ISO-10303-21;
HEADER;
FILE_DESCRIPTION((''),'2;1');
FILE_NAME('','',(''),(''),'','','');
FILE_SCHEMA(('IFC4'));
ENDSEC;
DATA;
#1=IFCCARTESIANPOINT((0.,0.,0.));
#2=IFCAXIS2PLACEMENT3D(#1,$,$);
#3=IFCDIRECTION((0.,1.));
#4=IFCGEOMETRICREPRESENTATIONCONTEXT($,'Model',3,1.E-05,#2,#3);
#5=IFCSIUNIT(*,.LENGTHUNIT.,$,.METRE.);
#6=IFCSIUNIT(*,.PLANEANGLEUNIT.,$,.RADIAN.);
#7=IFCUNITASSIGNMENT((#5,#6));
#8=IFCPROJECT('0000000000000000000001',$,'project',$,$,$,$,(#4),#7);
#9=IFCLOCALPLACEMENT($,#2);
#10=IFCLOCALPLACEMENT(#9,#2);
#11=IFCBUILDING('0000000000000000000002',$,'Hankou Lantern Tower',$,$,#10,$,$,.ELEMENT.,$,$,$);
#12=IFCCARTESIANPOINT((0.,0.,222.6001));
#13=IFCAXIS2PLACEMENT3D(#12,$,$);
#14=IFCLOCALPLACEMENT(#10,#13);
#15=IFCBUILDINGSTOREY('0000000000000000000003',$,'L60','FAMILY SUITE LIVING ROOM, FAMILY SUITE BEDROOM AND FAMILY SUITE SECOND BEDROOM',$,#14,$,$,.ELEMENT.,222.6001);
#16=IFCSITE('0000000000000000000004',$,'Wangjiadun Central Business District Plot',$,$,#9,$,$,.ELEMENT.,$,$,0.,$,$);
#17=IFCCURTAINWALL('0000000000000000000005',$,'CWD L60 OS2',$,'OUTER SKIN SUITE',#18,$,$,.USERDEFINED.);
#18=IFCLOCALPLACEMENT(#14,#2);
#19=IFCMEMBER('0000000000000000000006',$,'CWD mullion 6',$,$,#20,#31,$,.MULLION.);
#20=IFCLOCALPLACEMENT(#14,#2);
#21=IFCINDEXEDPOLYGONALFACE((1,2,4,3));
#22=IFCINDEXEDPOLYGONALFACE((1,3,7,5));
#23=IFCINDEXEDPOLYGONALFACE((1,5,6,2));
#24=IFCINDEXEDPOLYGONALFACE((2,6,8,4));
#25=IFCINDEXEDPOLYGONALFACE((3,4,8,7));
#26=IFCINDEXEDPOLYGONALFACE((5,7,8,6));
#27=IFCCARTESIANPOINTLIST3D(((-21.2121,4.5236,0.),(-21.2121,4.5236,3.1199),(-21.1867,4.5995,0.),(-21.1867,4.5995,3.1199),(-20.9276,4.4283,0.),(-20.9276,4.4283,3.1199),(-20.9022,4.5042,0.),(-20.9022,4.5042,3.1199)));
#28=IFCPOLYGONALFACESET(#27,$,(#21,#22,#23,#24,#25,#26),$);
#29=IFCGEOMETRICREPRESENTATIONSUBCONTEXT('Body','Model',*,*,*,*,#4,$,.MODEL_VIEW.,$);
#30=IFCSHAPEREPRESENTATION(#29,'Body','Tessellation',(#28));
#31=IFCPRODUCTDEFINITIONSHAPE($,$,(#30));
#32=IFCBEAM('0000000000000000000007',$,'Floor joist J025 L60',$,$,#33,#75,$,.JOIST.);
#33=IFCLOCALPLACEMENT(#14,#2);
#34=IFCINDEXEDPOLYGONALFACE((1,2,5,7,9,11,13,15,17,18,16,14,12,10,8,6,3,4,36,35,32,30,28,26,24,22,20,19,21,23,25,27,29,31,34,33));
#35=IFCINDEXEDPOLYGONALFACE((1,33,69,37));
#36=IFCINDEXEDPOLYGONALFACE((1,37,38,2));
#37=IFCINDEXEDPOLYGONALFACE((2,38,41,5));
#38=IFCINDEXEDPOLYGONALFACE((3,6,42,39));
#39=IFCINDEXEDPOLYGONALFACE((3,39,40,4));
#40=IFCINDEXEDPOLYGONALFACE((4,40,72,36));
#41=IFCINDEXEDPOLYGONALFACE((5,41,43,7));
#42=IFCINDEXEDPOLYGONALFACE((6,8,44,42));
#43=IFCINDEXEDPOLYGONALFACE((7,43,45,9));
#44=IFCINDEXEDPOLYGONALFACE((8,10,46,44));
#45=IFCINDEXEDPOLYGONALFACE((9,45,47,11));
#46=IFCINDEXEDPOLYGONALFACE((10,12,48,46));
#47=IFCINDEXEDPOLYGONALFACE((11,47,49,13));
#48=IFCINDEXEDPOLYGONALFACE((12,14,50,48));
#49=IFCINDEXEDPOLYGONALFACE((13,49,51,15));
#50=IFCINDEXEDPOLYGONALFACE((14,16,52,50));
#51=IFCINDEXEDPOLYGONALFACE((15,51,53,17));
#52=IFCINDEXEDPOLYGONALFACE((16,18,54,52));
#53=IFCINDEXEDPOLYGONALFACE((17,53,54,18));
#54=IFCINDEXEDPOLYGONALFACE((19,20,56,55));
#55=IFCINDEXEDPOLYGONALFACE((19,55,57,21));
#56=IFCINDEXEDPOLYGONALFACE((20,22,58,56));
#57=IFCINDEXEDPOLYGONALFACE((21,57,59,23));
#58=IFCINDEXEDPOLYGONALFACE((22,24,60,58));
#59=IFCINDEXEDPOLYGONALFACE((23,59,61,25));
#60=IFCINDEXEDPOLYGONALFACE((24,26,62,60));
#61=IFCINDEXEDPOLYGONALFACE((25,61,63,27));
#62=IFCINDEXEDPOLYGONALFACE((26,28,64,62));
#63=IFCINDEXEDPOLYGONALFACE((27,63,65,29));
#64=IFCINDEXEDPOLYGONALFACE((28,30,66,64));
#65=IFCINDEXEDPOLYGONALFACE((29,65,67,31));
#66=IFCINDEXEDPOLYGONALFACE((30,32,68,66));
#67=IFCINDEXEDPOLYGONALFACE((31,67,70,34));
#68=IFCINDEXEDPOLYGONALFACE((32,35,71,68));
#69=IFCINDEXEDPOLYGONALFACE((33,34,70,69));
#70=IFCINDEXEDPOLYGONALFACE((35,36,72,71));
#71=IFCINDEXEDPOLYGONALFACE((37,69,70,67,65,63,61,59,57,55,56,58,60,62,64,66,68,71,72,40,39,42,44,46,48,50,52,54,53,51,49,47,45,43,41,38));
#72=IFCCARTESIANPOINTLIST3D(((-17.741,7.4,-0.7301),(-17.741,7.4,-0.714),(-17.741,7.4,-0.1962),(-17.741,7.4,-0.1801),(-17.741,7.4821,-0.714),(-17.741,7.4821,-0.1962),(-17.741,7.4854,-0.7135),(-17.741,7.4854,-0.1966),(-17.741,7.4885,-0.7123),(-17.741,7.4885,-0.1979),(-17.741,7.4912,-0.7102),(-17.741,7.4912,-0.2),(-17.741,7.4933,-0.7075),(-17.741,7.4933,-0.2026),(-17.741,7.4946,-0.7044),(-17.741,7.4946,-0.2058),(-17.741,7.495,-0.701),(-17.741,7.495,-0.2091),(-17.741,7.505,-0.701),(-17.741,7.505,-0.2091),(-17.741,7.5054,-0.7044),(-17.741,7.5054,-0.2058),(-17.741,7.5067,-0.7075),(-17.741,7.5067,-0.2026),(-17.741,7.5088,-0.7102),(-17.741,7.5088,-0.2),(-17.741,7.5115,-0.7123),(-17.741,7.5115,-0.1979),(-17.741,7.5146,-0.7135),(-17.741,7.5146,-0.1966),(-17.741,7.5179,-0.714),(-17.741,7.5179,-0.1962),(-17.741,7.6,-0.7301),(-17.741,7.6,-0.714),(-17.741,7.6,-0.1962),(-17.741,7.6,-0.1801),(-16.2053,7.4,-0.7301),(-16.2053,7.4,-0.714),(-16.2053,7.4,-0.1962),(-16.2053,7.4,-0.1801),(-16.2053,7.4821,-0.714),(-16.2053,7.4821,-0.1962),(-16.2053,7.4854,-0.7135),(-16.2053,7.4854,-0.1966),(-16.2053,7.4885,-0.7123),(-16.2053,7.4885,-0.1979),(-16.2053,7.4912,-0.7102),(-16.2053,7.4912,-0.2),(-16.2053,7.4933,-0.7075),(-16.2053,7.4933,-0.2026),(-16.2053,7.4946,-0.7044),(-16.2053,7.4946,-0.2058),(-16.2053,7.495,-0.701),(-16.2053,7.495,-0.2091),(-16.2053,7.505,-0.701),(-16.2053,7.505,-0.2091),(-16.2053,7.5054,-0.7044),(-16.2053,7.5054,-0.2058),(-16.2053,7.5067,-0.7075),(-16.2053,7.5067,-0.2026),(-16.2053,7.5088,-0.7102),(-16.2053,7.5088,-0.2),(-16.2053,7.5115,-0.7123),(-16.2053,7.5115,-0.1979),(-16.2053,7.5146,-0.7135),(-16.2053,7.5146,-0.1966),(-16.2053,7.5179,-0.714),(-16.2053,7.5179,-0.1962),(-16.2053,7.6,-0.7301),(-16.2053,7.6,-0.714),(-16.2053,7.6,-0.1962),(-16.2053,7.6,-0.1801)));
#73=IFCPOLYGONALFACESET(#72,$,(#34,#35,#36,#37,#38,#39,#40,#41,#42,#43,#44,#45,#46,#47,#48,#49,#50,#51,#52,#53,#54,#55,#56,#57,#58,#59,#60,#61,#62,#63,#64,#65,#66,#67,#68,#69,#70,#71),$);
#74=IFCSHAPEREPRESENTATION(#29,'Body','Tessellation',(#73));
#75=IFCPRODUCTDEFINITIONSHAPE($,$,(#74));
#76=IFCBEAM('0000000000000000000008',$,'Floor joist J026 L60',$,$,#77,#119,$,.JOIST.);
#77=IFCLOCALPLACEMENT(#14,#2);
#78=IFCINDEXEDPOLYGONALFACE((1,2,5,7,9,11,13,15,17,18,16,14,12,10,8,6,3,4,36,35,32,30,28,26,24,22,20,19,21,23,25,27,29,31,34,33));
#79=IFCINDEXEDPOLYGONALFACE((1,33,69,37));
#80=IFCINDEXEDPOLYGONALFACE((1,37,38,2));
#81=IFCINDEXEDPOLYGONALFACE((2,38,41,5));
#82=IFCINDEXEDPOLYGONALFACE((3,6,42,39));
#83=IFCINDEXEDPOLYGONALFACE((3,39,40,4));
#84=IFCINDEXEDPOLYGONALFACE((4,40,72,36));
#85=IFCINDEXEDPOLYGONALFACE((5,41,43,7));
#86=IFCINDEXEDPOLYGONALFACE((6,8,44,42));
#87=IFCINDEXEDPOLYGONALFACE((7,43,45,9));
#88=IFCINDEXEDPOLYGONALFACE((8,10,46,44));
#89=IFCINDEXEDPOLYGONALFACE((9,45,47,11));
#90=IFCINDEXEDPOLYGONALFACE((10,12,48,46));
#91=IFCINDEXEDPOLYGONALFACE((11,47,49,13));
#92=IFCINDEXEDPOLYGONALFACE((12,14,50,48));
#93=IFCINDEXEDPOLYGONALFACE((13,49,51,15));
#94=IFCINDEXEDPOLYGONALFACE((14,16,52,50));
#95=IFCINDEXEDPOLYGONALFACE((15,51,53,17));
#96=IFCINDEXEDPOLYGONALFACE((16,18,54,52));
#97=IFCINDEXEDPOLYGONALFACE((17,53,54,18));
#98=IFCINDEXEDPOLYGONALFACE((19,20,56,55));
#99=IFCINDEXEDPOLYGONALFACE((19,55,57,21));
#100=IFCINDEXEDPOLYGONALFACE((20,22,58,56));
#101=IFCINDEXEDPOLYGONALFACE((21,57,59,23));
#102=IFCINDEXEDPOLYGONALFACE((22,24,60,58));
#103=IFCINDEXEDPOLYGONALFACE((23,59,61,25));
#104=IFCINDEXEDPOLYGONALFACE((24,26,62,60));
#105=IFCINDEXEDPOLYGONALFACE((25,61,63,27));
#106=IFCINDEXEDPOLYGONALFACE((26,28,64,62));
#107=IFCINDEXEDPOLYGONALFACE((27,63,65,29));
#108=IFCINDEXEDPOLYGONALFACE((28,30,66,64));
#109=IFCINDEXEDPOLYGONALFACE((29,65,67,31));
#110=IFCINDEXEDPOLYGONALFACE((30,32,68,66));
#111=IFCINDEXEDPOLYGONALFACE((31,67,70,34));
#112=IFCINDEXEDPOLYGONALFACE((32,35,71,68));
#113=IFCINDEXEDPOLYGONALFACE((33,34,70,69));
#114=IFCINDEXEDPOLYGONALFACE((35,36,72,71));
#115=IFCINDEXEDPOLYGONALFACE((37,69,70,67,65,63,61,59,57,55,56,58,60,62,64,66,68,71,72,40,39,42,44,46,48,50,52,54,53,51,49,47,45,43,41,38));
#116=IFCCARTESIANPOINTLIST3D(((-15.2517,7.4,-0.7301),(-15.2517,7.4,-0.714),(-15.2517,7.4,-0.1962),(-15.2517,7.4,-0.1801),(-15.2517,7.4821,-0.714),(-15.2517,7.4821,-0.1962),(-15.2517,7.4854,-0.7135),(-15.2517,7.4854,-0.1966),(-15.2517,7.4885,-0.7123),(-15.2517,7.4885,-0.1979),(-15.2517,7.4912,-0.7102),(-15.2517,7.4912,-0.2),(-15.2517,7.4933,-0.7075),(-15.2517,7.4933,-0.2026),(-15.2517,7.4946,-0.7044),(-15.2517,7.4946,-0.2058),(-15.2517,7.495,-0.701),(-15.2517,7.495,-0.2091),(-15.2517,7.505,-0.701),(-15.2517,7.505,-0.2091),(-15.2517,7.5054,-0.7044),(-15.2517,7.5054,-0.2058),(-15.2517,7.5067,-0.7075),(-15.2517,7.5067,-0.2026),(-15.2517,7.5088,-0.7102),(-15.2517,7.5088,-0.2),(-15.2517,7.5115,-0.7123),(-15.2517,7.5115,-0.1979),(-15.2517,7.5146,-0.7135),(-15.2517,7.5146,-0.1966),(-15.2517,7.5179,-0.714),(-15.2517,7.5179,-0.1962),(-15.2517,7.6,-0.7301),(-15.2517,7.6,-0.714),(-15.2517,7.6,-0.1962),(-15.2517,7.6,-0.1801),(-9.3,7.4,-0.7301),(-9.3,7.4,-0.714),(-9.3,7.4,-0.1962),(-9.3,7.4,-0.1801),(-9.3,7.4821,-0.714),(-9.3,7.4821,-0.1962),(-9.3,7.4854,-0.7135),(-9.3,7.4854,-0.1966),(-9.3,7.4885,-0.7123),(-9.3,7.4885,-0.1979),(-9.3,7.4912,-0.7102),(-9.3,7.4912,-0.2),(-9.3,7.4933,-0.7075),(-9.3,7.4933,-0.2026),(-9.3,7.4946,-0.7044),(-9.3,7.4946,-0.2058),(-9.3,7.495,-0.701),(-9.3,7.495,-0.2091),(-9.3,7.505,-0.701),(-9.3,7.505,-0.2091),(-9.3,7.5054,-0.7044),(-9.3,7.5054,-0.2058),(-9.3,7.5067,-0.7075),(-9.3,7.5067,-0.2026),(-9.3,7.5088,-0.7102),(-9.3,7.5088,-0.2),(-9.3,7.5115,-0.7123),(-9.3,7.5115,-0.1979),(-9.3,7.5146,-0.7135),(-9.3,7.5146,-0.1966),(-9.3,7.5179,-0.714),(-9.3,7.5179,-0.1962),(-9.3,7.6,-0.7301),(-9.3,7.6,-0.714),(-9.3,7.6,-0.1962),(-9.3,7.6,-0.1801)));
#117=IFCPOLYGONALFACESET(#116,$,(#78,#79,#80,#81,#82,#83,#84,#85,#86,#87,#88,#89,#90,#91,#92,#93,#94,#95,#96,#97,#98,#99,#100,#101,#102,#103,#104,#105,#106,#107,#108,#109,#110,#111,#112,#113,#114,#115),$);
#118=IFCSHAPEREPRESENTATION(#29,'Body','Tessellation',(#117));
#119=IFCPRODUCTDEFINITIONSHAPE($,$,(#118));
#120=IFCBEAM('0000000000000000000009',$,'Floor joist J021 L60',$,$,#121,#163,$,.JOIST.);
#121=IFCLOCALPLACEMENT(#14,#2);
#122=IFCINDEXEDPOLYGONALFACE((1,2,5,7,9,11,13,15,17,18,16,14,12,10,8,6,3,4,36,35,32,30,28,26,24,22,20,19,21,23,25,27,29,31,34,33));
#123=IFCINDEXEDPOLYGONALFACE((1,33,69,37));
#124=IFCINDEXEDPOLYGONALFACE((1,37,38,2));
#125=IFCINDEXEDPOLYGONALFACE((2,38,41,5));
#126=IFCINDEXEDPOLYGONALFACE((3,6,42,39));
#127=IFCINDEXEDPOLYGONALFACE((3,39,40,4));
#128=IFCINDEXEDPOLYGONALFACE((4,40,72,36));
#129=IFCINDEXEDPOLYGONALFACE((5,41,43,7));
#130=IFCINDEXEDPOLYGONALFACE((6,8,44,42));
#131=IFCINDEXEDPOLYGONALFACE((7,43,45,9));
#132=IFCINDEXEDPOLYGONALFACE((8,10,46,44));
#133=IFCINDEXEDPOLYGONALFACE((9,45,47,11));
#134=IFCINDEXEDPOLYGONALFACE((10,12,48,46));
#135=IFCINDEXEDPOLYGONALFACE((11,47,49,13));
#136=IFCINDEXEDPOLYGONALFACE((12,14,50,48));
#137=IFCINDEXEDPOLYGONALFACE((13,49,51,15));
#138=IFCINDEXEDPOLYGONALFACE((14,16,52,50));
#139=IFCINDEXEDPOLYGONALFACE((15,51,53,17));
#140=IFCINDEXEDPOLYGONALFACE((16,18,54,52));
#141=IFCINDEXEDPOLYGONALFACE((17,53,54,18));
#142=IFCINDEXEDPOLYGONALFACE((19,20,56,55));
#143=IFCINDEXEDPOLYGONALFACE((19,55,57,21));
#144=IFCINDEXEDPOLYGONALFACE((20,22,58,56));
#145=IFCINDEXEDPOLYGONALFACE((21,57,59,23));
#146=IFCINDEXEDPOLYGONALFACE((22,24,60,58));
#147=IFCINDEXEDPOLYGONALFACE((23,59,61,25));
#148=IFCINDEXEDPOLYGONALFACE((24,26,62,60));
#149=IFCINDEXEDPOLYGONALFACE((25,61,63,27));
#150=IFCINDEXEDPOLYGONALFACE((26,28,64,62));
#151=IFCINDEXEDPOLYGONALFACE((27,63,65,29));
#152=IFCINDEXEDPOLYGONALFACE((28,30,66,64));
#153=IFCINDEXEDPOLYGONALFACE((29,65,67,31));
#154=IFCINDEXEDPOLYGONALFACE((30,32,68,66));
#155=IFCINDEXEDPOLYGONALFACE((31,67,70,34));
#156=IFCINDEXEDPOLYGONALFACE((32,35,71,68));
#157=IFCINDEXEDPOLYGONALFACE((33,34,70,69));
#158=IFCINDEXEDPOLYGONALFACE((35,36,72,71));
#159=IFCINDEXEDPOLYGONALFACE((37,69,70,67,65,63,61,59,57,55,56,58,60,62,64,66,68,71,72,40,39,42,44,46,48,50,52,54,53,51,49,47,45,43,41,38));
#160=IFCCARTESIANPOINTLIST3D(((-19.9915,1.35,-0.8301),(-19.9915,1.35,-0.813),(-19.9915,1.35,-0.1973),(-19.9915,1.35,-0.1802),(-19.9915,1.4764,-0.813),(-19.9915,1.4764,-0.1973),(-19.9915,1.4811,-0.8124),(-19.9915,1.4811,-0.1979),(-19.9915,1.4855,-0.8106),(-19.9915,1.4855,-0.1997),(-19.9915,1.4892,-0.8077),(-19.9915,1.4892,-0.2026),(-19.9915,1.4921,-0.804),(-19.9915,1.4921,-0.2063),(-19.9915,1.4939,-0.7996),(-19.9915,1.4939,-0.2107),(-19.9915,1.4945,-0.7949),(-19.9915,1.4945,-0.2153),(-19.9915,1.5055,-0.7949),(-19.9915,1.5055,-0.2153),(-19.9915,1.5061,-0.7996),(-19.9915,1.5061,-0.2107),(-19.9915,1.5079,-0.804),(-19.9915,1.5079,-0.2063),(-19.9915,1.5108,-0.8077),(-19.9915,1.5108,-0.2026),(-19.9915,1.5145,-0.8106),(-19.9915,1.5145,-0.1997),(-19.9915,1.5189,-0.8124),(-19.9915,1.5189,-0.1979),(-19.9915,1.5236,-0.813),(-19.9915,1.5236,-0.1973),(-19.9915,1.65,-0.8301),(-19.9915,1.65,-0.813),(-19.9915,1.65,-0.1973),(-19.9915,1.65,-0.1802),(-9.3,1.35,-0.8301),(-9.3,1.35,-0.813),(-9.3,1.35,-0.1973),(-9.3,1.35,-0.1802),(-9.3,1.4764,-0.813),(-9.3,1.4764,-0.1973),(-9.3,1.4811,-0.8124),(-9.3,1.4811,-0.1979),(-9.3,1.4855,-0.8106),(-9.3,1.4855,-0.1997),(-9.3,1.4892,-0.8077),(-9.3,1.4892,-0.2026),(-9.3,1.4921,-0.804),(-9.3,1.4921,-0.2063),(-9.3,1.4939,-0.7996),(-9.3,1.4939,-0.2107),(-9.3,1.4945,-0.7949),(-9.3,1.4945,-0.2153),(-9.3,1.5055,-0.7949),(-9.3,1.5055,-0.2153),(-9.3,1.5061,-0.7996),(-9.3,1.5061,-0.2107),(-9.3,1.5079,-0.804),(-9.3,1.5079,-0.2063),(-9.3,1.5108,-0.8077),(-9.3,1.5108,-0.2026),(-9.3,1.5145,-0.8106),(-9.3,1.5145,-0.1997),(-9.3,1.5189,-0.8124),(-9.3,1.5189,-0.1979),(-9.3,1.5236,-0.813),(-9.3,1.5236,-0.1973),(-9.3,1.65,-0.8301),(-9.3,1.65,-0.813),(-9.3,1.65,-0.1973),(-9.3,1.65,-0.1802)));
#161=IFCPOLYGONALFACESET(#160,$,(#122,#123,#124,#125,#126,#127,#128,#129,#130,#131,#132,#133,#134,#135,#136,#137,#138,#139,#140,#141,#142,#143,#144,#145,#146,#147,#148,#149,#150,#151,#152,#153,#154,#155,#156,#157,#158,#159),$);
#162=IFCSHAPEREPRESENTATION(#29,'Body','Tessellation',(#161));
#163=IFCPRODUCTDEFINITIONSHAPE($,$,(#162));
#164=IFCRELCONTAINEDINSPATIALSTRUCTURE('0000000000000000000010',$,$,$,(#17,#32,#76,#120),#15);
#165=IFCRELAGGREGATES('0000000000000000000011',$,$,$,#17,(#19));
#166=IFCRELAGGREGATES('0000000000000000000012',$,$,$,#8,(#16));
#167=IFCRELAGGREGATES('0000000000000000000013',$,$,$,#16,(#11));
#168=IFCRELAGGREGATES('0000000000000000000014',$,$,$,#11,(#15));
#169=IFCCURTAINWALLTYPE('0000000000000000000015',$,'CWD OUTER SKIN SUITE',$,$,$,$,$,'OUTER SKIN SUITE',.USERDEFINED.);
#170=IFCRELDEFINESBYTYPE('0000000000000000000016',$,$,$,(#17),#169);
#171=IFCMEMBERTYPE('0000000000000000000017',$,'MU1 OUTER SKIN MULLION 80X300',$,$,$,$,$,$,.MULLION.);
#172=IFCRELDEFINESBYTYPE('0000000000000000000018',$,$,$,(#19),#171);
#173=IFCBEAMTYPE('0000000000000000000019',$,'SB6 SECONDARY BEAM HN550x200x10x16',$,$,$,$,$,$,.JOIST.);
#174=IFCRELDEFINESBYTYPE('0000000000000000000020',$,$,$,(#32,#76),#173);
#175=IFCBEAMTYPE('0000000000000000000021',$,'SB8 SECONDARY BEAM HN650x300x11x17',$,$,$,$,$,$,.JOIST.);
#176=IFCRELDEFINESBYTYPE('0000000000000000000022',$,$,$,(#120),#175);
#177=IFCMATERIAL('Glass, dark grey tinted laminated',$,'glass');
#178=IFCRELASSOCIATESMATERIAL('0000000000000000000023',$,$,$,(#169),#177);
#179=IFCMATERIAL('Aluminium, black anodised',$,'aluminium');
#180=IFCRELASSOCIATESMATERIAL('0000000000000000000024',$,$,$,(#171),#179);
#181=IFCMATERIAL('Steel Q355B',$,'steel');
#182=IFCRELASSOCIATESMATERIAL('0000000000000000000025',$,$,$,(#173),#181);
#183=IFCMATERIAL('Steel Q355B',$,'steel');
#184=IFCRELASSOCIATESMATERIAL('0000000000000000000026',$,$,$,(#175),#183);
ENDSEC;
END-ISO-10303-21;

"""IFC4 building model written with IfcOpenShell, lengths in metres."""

from ifc_helpers import new_model, si_unit, direction, frame, origin, origin_2d, place, context, subcontext, project, spatial, rectangle, i_section, extrude, material, material_profile, profile_set, type_object, element, aggregate, save


model = new_model("IFC4")

# Units and contexts
model_context = context("Model", 3, precision=1e-05, world=origin(), true_north=direction((0.0, 1.0)))
body_context = subcontext(model_context, "Body", "Model", "MODEL_VIEW")
ifc_project = project(units=[si_unit("LENGTHUNIT", "METRE"), si_unit("PLANEANGLEUNIT", "RADIAN")], contexts=[model_context])

# Site, building, storey
site_placement = place(None, origin())
site = spatial("IfcSite", under=ifc_project, at=site_placement, Name="Wangjiadun Central Business District Plot", CompositionType="ELEMENT", RefElevation=0.0)
building_placement = place(site_placement, origin())
building = spatial("IfcBuilding", under=site, at=building_placement, Name="Hankou Lantern Tower", CompositionType="ELEMENT")
storey_placement = place(building_placement, frame((0.0, 0.0, 222.6001)))
storey = spatial("IfcBuildingStorey", under=building, at=storey_placement, Name="L60", Description="FAMILY SUITE LIVING ROOM, FAMILY SUITE BEDROOM AND FAMILY SUITE SECOND BEDROOM", CompositionType="ELEMENT", Elevation=222.6001)

# Curtain wall, member
ifc_material_1 = material(Name="Glass, dark grey tinted laminated", Category="glass")
curtain_wall_type = type_object("IfcCurtainWallType", Name="CWD OUTER SKIN SUITE", ElementType="OUTER SKIN SUITE", PredefinedType="USERDEFINED", material=ifc_material_1)
curtain_wall_placement = place(storey_placement, origin())
curtain_wall = element("IfcCurtainWall", 1, at=curtain_wall_placement, inside=storey, type_object=curtain_wall_type, Name="CWD L60 OS2", ObjectType="OUTER SKIN SUITE", PredefinedType="USERDEFINED")
ifc_material_2 = material(Name="Aluminium, black anodised", Category="aluminium")
ifc_material_profile_1 = material_profile(ifc_material_2, rectangle(XDim=0.0801, YDim=0.3, at=origin_2d()), Name="MU1 80X300")
ifc_profile_set_1 = profile_set([ifc_material_profile_1], Name="Aluminium, black anodised")
member_type_1 = type_object("IfcMemberType", Name="MU1 OUTER SKIN MULLION 80X300", PredefinedType="MULLION", material=ifc_profile_set_1)
member_1_placement = place(storey_placement, frame((-21.0571, 4.5139, 0.0), z_axis=(0.0, 0.0, 1.0), x_axis=(-0.317596, -0.948226, 0.0)))
member_1 = element("IfcMember", 2, at=member_1_placement, type_object=member_type_1, Name="CWD mullion 6", PredefinedType="MULLION", context=body_context, shape_type="SweptSolid", body=[
    extrude(rectangle(XDim=0.0801, YDim=0.3, at=origin_2d()), origin(), (0.0, 0.0, 1.0), 3.1199),
])

# Beams
ifc_material_3 = material(Name="Steel Q355B", Category="steel")
ifc_material_profile_2 = material_profile(ifc_material_3, i_section(OverallWidth=0.2, OverallDepth=0.55, WebThickness=0.01, FlangeThickness=0.0161, FilletRadius=0.0129, at=origin_2d()), Name="HN550x200x10x16")
ifc_profile_set_2 = profile_set([ifc_material_profile_2], Name="Steel Q355B")
beam_type_1 = type_object("IfcBeamType", Name="SB6 SECONDARY BEAM HN550x200x10x16", PredefinedType="JOIST", material=ifc_profile_set_2)
beam_1_placement = place(storey_placement, frame((-17.741, 7.5, -0.4551), z_axis=(1.0, 0.0, 0.0), x_axis=(0.0, 1.0, 0.0)))
element("IfcBeam", 3, at=beam_1_placement, inside=storey, type_object=beam_type_1, Name="Floor joist J025 L60", PredefinedType="JOIST", context=body_context, shape_type="SweptSolid", body=[
    extrude(i_section(OverallWidth=0.2, OverallDepth=0.55, WebThickness=0.01, FlangeThickness=0.0161, FilletRadius=0.0129, at=origin_2d()), origin(), (0.0, 0.0, 1.0), 1.5356),
])
beam_2_placement = place(storey_placement, frame((-15.2517, 7.5, -0.4551), z_axis=(1.0, 0.0, 0.0), x_axis=(0.0, 1.0, 0.0)))
element("IfcBeam", 4, at=beam_2_placement, inside=storey, type_object=beam_type_1, Name="Floor joist J026 L60", PredefinedType="JOIST", context=body_context, shape_type="SweptSolid", body=[
    extrude(i_section(OverallWidth=0.2, OverallDepth=0.55, WebThickness=0.01, FlangeThickness=0.0161, FilletRadius=0.0129, at=origin_2d()), origin(), (0.0, 0.0, 1.0), 5.9517),
])
ifc_material_4 = material(Name="Steel Q355B", Category="steel")
ifc_material_profile_3 = material_profile(ifc_material_4, i_section(OverallWidth=0.3, OverallDepth=0.6499, WebThickness=0.011, FlangeThickness=0.0171, FilletRadius=0.0181, at=origin_2d()), Name="HN650x300x11x17")
ifc_profile_set_3 = profile_set([ifc_material_profile_3], Name="Steel Q355B")
beam_type_2 = type_object("IfcBeamType", Name="SB8 SECONDARY BEAM HN650x300x11x17", PredefinedType="JOIST", material=ifc_profile_set_3)
beam_3_placement = place(storey_placement, frame((-19.9915, 1.5, -0.5051), z_axis=(1.0, 0.0, 0.0), x_axis=(0.0, 1.0, 0.0)))
element("IfcBeam", 5, at=beam_3_placement, inside=storey, type_object=beam_type_2, Name="Floor joist J021 L60", PredefinedType="JOIST", context=body_context, shape_type="SweptSolid", body=[
    extrude(i_section(OverallWidth=0.3, OverallDepth=0.6499, WebThickness=0.011, FlangeThickness=0.0171, FilletRadius=0.0181, at=origin_2d()), origin(), (0.0, 0.0, 1.0), 10.6914),
])

aggregate(curtain_wall, [member_1])

save(model, "model.ifc")
